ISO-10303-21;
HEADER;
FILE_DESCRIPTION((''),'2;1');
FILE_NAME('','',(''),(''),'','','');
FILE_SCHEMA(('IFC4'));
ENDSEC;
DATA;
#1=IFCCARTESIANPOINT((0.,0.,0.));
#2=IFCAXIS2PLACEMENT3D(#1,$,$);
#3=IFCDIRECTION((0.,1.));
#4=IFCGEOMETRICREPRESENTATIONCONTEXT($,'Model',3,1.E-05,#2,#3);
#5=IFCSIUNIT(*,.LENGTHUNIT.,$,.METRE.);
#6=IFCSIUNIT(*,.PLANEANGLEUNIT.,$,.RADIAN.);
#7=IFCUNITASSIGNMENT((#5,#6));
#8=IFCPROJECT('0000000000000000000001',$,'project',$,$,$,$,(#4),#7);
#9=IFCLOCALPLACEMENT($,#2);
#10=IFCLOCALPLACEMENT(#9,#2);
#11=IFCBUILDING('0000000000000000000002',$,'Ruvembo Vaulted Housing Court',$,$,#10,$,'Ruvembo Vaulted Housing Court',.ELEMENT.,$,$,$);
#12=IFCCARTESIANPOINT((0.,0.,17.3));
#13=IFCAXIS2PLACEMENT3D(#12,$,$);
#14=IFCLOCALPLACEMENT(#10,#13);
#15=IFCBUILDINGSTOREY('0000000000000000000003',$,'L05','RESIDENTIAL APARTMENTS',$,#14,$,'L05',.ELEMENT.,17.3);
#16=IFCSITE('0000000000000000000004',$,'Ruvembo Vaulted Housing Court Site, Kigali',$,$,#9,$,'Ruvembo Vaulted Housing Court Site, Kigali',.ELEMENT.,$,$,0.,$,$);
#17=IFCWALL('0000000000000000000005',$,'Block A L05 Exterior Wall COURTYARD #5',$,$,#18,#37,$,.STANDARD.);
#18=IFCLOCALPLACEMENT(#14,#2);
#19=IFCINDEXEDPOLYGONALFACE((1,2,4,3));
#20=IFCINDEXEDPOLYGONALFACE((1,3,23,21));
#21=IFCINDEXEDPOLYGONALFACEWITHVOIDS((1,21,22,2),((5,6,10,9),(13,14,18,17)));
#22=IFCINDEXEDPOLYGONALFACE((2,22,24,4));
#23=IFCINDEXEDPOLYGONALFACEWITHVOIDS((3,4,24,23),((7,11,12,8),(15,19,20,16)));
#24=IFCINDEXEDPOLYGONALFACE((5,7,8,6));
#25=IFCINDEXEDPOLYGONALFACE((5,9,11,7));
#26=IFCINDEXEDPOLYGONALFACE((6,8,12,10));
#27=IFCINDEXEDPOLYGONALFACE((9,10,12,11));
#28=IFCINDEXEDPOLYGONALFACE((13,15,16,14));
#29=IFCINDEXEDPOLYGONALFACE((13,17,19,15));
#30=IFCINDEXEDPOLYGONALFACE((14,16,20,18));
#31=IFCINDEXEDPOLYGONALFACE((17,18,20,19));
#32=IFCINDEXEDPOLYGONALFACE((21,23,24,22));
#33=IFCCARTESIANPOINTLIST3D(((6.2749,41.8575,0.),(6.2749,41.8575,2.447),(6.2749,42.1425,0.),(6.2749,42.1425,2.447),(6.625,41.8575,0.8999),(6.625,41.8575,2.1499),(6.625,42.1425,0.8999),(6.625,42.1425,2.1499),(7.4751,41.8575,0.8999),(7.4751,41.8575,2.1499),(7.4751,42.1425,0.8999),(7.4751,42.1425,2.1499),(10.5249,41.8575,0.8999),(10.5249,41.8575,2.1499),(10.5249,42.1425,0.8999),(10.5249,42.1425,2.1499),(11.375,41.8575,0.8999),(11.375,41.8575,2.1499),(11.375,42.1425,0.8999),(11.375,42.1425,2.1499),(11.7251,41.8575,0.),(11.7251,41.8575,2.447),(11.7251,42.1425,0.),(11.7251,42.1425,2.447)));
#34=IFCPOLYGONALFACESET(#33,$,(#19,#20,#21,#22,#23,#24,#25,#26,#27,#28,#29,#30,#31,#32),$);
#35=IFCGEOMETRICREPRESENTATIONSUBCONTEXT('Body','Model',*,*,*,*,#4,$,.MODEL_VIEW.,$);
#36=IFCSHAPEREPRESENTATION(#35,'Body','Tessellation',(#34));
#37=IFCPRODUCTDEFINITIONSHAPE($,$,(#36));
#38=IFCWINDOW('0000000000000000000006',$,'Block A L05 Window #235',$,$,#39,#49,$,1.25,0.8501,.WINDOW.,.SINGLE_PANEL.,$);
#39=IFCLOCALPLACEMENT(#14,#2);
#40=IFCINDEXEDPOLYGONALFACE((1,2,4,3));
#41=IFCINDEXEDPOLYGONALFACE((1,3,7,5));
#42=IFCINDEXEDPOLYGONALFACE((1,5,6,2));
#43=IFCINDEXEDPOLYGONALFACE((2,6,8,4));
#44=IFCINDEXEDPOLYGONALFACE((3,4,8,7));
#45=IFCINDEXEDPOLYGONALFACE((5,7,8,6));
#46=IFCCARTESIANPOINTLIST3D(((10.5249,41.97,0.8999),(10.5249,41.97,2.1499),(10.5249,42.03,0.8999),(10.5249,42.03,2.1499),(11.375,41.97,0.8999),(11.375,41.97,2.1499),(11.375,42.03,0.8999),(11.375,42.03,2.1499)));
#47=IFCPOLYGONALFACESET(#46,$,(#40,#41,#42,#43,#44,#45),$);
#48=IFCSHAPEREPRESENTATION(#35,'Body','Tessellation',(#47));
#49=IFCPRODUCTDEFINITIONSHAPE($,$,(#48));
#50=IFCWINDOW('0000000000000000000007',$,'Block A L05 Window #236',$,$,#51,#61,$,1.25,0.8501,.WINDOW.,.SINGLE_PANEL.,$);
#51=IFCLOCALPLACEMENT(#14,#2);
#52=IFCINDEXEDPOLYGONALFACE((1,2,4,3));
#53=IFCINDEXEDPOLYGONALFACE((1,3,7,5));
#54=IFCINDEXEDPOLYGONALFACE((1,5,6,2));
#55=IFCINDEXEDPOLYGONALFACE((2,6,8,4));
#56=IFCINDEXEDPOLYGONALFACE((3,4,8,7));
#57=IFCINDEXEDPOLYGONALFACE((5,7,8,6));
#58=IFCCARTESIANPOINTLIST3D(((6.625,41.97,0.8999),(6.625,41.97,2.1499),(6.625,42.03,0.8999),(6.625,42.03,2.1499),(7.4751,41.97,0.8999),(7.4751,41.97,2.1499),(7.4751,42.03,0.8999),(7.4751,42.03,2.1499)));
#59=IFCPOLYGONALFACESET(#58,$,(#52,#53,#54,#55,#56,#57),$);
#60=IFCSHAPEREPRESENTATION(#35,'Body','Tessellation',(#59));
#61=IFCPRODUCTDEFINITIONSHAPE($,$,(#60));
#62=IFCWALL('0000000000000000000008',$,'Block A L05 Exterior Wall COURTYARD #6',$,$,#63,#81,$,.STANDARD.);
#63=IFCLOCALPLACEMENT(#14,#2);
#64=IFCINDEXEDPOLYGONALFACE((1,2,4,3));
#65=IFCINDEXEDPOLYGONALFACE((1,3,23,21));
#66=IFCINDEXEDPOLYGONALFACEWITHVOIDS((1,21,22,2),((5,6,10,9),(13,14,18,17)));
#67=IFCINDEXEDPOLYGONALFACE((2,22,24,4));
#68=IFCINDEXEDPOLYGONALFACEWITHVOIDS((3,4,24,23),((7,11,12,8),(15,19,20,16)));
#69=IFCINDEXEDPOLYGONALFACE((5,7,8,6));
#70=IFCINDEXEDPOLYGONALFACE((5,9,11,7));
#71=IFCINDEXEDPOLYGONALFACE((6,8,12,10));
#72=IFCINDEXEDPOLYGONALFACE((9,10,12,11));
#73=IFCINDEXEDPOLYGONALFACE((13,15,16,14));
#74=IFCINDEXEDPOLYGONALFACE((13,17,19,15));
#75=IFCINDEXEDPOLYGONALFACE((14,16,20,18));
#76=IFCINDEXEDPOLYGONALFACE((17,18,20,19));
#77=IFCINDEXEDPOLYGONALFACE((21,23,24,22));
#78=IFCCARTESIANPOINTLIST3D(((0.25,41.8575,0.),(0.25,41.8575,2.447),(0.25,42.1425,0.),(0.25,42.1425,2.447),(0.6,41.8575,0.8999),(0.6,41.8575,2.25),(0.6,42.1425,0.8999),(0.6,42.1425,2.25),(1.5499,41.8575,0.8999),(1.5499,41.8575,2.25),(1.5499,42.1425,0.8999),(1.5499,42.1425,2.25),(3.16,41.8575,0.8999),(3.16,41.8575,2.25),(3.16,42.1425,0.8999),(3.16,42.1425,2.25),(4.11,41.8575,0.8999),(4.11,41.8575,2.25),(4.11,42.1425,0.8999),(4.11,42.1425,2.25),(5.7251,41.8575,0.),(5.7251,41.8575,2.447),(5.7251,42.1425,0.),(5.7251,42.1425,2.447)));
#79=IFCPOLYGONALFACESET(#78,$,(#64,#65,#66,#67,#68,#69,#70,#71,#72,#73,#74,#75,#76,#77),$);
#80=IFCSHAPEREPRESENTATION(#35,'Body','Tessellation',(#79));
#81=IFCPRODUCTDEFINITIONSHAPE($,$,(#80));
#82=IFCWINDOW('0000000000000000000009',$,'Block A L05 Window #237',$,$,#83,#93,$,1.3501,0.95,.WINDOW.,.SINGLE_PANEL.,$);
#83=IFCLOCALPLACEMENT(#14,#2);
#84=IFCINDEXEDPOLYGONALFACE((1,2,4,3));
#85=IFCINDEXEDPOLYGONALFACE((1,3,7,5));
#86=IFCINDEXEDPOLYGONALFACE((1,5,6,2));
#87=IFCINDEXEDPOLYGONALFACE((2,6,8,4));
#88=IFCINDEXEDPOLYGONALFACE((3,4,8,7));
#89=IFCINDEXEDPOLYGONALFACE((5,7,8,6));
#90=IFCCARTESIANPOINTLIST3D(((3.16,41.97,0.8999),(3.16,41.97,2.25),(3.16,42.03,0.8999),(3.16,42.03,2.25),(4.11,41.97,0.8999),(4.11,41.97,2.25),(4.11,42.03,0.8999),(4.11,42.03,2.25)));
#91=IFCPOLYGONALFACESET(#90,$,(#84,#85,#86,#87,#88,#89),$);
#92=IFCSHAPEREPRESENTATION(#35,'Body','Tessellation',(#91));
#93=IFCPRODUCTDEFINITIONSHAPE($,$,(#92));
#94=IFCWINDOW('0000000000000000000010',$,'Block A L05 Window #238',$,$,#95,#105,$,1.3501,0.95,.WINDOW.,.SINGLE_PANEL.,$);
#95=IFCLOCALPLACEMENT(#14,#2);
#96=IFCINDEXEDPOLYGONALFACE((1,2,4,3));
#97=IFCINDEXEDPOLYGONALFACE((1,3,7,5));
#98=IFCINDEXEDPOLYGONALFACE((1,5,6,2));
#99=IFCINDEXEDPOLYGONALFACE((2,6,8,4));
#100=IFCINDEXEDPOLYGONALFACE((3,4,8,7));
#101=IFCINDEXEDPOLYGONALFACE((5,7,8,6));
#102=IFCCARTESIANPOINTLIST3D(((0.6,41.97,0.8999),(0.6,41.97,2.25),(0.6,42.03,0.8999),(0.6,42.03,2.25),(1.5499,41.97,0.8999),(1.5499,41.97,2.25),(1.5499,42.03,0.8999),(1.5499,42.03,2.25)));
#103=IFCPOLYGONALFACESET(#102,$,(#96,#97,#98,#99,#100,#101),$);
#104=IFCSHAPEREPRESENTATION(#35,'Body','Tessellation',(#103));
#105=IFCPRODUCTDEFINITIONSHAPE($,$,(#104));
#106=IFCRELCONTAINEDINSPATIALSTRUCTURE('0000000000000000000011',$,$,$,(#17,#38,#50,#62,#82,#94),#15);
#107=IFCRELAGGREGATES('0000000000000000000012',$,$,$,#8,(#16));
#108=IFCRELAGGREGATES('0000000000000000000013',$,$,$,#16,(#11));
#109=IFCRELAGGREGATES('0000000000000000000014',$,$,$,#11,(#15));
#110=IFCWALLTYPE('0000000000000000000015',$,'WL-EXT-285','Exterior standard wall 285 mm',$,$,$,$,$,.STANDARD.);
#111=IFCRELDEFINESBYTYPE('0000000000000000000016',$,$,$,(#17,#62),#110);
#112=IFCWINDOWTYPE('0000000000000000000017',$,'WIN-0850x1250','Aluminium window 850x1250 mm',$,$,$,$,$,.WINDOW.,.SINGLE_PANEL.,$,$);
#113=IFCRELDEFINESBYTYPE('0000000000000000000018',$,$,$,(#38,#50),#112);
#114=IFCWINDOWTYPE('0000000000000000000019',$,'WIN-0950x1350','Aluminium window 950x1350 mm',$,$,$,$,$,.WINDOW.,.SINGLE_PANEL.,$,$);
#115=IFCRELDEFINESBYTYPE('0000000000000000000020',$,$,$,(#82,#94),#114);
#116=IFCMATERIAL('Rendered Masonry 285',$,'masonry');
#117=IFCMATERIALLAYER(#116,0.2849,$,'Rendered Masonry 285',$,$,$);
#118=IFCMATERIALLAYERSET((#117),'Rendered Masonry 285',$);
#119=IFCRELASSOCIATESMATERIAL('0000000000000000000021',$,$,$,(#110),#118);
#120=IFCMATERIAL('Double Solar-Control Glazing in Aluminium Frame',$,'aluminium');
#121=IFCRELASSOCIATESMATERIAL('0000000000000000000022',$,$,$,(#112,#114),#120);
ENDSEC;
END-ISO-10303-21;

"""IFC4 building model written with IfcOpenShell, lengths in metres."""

from ifc_helpers import new_model, si_unit, direction, frame, frame_2d, origin, place, context, subcontext, project, spatial, rectangle, extrude, material, layer, layer_set, type_object, element, fill, save


model = new_model("IFC4")

# Units and contexts
model_context = context("Model", 3, precision=1e-05, world=origin(), true_north=direction((0.0, 1.0)))
body_context = subcontext(model_context, "Body", "Model", "MODEL_VIEW")
ifc_project = project(units=[si_unit("LENGTHUNIT", "METRE"), si_unit("PLANEANGLEUNIT", "RADIAN")], contexts=[model_context])

# Site, building, storey
site_placement = place(None, origin())
site = spatial("IfcSite", under=ifc_project, at=site_placement, Name="Ruvembo Vaulted Housing Court Site, Kigali", LongName="Ruvembo Vaulted Housing Court Site, Kigali", CompositionType="ELEMENT", RefElevation=0.0)
building_placement = place(site_placement, origin())
building = spatial("IfcBuilding", under=site, at=building_placement, Name="Ruvembo Vaulted Housing Court", LongName="Ruvembo Vaulted Housing Court", CompositionType="ELEMENT")
storey_placement = place(building_placement, frame((0.0, 0.0, 17.3)))
storey = spatial("IfcBuildingStorey", under=building, at=storey_placement, Name="L05", Description="RESIDENTIAL APARTMENTS", LongName="L05", CompositionType="ELEMENT", Elevation=17.3)

# Walls, openings, windows
ifc_material_1 = material(Name="Rendered Masonry 285", Category="masonry")
ifc_layer_1 = layer(ifc_material_1, 0.2849, Name="Rendered Masonry 285")
ifc_layer_set_1 = layer_set([ifc_layer_1], Name="Rendered Masonry 285")
wall_type_1 = type_object("IfcWallType", Name="WL-EXT-285", Description="Exterior standard wall 285 mm", PredefinedType="STANDARD", material=ifc_layer_set_1)
wall_1_placement = place(storey_placement, frame((11.7251, 42.0, 0.0), z_axis=(0.0, 0.0, 1.0), x_axis=(-1.0, 0.0, 0.0)))
wall_1 = element("IfcWall", 1, at=wall_1_placement, inside=storey, type_object=wall_type_1, Name="Block A L05 Exterior Wall COURTYARD #5", PredefinedType="STANDARD", context=body_context, shape_type="SweptSolid", body=[
    extrude(rectangle(XDim=5.4502, YDim=0.2849, at=frame_2d((2.7251, 0.0))), origin(), (0.0, 0.0, 1.0), 2.447),
])
opening_1_placement = place(wall_1_placement, frame((0.3501, 0.0, 0.8999)))
opening_1 = element("IfcOpeningElement", 2, at=opening_1_placement, cuts=wall_1, PredefinedType="OPENING", context=body_context, shape_type="SweptSolid", body=[
    extrude(rectangle(XDim=0.8501, YDim=1.25, at=frame_2d((0.425, 0.625))), frame((0.0, 0.1523, 0.0), z_axis=(0.0, -1.0, 0.0), x_axis=(1.0, 0.0, 0.0)), (0.0, 0.0, 1.0), 0.3049),
])
opening_2_placement = place(wall_1_placement, frame((4.25, 0.0, 0.8999)))
opening_2 = element("IfcOpeningElement", 3, at=opening_2_placement, cuts=wall_1, PredefinedType="OPENING", context=body_context, shape_type="SweptSolid", body=[
    extrude(rectangle(XDim=0.8501, YDim=1.25, at=frame_2d((0.425, 0.625))), frame((0.0, 0.1523, 0.0), z_axis=(0.0, -1.0, 0.0), x_axis=(1.0, 0.0, 0.0)), (0.0, 0.0, 1.0), 0.3049),
])
ifc_material_2 = material(Name="Double Solar-Control Glazing in Aluminium Frame", Category="aluminium")
window_type_1 = type_object("IfcWindowType", Name="WIN-0850x1250", Description="Aluminium window 850x1250 mm", PartitioningType="SINGLE_PANEL", PredefinedType="WINDOW", material=ifc_material_2)
window_1_placement = place(opening_1_placement, origin())
window_1 = element("IfcWindow", 4, at=window_1_placement, inside=storey, type_object=window_type_1, Name="Block A L05 Window #235", OverallHeight=1.25, OverallWidth=0.8501, PartitioningType="SINGLE_PANEL", PredefinedType="WINDOW", context=body_context, shape_type="SweptSolid", body=[
    extrude(rectangle(XDim=0.8501, YDim=1.25, at=frame_2d((0.425, 0.625))), frame((0.0, 0.03, 0.0), z_axis=(0.0, -1.0, 0.0), x_axis=(1.0, 0.0, 0.0)), (0.0, 0.0, 1.0), 0.0601),
])
fill(opening_1, window_1)
window_2_placement = place(opening_2_placement, origin())
window_2 = element("IfcWindow", 5, at=window_2_placement, inside=storey, type_object=window_type_1, Name="Block A L05 Window #236", OverallHeight=1.25, OverallWidth=0.8501, PartitioningType="SINGLE_PANEL", PredefinedType="WINDOW", context=body_context, shape_type="SweptSolid", body=[
    extrude(rectangle(XDim=0.8501, YDim=1.25, at=frame_2d((0.425, 0.625))), frame((0.0, 0.03, 0.0), z_axis=(0.0, -1.0, 0.0), x_axis=(1.0, 0.0, 0.0)), (0.0, 0.0, 1.0), 0.0601),
])
fill(opening_2, window_2)
wall_2_placement = place(storey_placement, frame((5.7251, 42.0, 0.0), z_axis=(0.0, 0.0, 1.0), x_axis=(-1.0, 0.0, 0.0)))
wall_2 = element("IfcWall", 6, at=wall_2_placement, inside=storey, type_object=wall_type_1, Name="Block A L05 Exterior Wall COURTYARD #6", PredefinedType="STANDARD", context=body_context, shape_type="SweptSolid", body=[
    extrude(rectangle(XDim=5.4751, YDim=0.2849, at=frame_2d((2.7375, 0.0))), origin(), (0.0, 0.0, 1.0), 2.447),
])
opening_3_placement = place(wall_2_placement, frame((1.615, 0.0, 0.8999)))
opening_3 = element("IfcOpeningElement", 7, at=opening_3_placement, cuts=wall_2, PredefinedType="OPENING", context=body_context, shape_type="SweptSolid", body=[
    extrude(rectangle(XDim=0.95, YDim=1.3501, at=frame_2d((0.4751, 0.675))), frame((0.0, 0.1523, 0.0), z_axis=(0.0, -1.0, 0.0), x_axis=(1.0, 0.0, 0.0)), (0.0, 0.0, 1.0), 0.3049),
])
opening_4_placement = place(wall_2_placement, frame((4.175, 0.0, 0.8999)))
opening_4 = element("IfcOpeningElement", 8, at=opening_4_placement, cuts=wall_2, PredefinedType="OPENING", context=body_context, shape_type="SweptSolid", body=[
    extrude(rectangle(XDim=0.95, YDim=1.3501, at=frame_2d((0.4751, 0.675))), frame((0.0, 0.1523, 0.0), z_axis=(0.0, -1.0, 0.0), x_axis=(1.0, 0.0, 0.0)), (0.0, 0.0, 1.0), 0.3049),
])
window_type_2 = type_object("IfcWindowType", Name="WIN-0950x1350", Description="Aluminium window 950x1350 mm", PartitioningType="SINGLE_PANEL", PredefinedType="WINDOW", material=ifc_material_2)
window_3_placement = place(opening_3_placement, origin())
window_3 = element("IfcWindow", 9, at=window_3_placement, inside=storey, type_object=window_type_2, Name="Block A L05 Window #237", OverallHeight=1.3501, OverallWidth=0.95, PartitioningType="SINGLE_PANEL", PredefinedType="WINDOW", context=body_context, shape_type="SweptSolid", body=[
    extrude(rectangle(XDim=0.95, YDim=1.3501, at=frame_2d((0.4751, 0.675))), frame((0.0, 0.03, 0.0), z_axis=(0.0, -1.0, 0.0), x_axis=(1.0, 0.0, 0.0)), (0.0, 0.0, 1.0), 0.0601),
])
fill(opening_3, window_3)
window_4_placement = place(opening_4_placement, origin())
window_4 = element("IfcWindow", 10, at=window_4_placement, inside=storey, type_object=window_type_2, Name="Block A L05 Window #238", OverallHeight=1.3501, OverallWidth=0.95, PartitioningType="SINGLE_PANEL", PredefinedType="WINDOW", context=body_context, shape_type="SweptSolid", body=[
    extrude(rectangle(XDim=0.95, YDim=1.3501, at=frame_2d((0.4751, 0.675))), frame((0.0, 0.03, 0.0), z_axis=(0.0, -1.0, 0.0), x_axis=(1.0, 0.0, 0.0)), (0.0, 0.0, 1.0), 0.0601),
])
fill(opening_4, window_4)

save(model, "model.ifc")
